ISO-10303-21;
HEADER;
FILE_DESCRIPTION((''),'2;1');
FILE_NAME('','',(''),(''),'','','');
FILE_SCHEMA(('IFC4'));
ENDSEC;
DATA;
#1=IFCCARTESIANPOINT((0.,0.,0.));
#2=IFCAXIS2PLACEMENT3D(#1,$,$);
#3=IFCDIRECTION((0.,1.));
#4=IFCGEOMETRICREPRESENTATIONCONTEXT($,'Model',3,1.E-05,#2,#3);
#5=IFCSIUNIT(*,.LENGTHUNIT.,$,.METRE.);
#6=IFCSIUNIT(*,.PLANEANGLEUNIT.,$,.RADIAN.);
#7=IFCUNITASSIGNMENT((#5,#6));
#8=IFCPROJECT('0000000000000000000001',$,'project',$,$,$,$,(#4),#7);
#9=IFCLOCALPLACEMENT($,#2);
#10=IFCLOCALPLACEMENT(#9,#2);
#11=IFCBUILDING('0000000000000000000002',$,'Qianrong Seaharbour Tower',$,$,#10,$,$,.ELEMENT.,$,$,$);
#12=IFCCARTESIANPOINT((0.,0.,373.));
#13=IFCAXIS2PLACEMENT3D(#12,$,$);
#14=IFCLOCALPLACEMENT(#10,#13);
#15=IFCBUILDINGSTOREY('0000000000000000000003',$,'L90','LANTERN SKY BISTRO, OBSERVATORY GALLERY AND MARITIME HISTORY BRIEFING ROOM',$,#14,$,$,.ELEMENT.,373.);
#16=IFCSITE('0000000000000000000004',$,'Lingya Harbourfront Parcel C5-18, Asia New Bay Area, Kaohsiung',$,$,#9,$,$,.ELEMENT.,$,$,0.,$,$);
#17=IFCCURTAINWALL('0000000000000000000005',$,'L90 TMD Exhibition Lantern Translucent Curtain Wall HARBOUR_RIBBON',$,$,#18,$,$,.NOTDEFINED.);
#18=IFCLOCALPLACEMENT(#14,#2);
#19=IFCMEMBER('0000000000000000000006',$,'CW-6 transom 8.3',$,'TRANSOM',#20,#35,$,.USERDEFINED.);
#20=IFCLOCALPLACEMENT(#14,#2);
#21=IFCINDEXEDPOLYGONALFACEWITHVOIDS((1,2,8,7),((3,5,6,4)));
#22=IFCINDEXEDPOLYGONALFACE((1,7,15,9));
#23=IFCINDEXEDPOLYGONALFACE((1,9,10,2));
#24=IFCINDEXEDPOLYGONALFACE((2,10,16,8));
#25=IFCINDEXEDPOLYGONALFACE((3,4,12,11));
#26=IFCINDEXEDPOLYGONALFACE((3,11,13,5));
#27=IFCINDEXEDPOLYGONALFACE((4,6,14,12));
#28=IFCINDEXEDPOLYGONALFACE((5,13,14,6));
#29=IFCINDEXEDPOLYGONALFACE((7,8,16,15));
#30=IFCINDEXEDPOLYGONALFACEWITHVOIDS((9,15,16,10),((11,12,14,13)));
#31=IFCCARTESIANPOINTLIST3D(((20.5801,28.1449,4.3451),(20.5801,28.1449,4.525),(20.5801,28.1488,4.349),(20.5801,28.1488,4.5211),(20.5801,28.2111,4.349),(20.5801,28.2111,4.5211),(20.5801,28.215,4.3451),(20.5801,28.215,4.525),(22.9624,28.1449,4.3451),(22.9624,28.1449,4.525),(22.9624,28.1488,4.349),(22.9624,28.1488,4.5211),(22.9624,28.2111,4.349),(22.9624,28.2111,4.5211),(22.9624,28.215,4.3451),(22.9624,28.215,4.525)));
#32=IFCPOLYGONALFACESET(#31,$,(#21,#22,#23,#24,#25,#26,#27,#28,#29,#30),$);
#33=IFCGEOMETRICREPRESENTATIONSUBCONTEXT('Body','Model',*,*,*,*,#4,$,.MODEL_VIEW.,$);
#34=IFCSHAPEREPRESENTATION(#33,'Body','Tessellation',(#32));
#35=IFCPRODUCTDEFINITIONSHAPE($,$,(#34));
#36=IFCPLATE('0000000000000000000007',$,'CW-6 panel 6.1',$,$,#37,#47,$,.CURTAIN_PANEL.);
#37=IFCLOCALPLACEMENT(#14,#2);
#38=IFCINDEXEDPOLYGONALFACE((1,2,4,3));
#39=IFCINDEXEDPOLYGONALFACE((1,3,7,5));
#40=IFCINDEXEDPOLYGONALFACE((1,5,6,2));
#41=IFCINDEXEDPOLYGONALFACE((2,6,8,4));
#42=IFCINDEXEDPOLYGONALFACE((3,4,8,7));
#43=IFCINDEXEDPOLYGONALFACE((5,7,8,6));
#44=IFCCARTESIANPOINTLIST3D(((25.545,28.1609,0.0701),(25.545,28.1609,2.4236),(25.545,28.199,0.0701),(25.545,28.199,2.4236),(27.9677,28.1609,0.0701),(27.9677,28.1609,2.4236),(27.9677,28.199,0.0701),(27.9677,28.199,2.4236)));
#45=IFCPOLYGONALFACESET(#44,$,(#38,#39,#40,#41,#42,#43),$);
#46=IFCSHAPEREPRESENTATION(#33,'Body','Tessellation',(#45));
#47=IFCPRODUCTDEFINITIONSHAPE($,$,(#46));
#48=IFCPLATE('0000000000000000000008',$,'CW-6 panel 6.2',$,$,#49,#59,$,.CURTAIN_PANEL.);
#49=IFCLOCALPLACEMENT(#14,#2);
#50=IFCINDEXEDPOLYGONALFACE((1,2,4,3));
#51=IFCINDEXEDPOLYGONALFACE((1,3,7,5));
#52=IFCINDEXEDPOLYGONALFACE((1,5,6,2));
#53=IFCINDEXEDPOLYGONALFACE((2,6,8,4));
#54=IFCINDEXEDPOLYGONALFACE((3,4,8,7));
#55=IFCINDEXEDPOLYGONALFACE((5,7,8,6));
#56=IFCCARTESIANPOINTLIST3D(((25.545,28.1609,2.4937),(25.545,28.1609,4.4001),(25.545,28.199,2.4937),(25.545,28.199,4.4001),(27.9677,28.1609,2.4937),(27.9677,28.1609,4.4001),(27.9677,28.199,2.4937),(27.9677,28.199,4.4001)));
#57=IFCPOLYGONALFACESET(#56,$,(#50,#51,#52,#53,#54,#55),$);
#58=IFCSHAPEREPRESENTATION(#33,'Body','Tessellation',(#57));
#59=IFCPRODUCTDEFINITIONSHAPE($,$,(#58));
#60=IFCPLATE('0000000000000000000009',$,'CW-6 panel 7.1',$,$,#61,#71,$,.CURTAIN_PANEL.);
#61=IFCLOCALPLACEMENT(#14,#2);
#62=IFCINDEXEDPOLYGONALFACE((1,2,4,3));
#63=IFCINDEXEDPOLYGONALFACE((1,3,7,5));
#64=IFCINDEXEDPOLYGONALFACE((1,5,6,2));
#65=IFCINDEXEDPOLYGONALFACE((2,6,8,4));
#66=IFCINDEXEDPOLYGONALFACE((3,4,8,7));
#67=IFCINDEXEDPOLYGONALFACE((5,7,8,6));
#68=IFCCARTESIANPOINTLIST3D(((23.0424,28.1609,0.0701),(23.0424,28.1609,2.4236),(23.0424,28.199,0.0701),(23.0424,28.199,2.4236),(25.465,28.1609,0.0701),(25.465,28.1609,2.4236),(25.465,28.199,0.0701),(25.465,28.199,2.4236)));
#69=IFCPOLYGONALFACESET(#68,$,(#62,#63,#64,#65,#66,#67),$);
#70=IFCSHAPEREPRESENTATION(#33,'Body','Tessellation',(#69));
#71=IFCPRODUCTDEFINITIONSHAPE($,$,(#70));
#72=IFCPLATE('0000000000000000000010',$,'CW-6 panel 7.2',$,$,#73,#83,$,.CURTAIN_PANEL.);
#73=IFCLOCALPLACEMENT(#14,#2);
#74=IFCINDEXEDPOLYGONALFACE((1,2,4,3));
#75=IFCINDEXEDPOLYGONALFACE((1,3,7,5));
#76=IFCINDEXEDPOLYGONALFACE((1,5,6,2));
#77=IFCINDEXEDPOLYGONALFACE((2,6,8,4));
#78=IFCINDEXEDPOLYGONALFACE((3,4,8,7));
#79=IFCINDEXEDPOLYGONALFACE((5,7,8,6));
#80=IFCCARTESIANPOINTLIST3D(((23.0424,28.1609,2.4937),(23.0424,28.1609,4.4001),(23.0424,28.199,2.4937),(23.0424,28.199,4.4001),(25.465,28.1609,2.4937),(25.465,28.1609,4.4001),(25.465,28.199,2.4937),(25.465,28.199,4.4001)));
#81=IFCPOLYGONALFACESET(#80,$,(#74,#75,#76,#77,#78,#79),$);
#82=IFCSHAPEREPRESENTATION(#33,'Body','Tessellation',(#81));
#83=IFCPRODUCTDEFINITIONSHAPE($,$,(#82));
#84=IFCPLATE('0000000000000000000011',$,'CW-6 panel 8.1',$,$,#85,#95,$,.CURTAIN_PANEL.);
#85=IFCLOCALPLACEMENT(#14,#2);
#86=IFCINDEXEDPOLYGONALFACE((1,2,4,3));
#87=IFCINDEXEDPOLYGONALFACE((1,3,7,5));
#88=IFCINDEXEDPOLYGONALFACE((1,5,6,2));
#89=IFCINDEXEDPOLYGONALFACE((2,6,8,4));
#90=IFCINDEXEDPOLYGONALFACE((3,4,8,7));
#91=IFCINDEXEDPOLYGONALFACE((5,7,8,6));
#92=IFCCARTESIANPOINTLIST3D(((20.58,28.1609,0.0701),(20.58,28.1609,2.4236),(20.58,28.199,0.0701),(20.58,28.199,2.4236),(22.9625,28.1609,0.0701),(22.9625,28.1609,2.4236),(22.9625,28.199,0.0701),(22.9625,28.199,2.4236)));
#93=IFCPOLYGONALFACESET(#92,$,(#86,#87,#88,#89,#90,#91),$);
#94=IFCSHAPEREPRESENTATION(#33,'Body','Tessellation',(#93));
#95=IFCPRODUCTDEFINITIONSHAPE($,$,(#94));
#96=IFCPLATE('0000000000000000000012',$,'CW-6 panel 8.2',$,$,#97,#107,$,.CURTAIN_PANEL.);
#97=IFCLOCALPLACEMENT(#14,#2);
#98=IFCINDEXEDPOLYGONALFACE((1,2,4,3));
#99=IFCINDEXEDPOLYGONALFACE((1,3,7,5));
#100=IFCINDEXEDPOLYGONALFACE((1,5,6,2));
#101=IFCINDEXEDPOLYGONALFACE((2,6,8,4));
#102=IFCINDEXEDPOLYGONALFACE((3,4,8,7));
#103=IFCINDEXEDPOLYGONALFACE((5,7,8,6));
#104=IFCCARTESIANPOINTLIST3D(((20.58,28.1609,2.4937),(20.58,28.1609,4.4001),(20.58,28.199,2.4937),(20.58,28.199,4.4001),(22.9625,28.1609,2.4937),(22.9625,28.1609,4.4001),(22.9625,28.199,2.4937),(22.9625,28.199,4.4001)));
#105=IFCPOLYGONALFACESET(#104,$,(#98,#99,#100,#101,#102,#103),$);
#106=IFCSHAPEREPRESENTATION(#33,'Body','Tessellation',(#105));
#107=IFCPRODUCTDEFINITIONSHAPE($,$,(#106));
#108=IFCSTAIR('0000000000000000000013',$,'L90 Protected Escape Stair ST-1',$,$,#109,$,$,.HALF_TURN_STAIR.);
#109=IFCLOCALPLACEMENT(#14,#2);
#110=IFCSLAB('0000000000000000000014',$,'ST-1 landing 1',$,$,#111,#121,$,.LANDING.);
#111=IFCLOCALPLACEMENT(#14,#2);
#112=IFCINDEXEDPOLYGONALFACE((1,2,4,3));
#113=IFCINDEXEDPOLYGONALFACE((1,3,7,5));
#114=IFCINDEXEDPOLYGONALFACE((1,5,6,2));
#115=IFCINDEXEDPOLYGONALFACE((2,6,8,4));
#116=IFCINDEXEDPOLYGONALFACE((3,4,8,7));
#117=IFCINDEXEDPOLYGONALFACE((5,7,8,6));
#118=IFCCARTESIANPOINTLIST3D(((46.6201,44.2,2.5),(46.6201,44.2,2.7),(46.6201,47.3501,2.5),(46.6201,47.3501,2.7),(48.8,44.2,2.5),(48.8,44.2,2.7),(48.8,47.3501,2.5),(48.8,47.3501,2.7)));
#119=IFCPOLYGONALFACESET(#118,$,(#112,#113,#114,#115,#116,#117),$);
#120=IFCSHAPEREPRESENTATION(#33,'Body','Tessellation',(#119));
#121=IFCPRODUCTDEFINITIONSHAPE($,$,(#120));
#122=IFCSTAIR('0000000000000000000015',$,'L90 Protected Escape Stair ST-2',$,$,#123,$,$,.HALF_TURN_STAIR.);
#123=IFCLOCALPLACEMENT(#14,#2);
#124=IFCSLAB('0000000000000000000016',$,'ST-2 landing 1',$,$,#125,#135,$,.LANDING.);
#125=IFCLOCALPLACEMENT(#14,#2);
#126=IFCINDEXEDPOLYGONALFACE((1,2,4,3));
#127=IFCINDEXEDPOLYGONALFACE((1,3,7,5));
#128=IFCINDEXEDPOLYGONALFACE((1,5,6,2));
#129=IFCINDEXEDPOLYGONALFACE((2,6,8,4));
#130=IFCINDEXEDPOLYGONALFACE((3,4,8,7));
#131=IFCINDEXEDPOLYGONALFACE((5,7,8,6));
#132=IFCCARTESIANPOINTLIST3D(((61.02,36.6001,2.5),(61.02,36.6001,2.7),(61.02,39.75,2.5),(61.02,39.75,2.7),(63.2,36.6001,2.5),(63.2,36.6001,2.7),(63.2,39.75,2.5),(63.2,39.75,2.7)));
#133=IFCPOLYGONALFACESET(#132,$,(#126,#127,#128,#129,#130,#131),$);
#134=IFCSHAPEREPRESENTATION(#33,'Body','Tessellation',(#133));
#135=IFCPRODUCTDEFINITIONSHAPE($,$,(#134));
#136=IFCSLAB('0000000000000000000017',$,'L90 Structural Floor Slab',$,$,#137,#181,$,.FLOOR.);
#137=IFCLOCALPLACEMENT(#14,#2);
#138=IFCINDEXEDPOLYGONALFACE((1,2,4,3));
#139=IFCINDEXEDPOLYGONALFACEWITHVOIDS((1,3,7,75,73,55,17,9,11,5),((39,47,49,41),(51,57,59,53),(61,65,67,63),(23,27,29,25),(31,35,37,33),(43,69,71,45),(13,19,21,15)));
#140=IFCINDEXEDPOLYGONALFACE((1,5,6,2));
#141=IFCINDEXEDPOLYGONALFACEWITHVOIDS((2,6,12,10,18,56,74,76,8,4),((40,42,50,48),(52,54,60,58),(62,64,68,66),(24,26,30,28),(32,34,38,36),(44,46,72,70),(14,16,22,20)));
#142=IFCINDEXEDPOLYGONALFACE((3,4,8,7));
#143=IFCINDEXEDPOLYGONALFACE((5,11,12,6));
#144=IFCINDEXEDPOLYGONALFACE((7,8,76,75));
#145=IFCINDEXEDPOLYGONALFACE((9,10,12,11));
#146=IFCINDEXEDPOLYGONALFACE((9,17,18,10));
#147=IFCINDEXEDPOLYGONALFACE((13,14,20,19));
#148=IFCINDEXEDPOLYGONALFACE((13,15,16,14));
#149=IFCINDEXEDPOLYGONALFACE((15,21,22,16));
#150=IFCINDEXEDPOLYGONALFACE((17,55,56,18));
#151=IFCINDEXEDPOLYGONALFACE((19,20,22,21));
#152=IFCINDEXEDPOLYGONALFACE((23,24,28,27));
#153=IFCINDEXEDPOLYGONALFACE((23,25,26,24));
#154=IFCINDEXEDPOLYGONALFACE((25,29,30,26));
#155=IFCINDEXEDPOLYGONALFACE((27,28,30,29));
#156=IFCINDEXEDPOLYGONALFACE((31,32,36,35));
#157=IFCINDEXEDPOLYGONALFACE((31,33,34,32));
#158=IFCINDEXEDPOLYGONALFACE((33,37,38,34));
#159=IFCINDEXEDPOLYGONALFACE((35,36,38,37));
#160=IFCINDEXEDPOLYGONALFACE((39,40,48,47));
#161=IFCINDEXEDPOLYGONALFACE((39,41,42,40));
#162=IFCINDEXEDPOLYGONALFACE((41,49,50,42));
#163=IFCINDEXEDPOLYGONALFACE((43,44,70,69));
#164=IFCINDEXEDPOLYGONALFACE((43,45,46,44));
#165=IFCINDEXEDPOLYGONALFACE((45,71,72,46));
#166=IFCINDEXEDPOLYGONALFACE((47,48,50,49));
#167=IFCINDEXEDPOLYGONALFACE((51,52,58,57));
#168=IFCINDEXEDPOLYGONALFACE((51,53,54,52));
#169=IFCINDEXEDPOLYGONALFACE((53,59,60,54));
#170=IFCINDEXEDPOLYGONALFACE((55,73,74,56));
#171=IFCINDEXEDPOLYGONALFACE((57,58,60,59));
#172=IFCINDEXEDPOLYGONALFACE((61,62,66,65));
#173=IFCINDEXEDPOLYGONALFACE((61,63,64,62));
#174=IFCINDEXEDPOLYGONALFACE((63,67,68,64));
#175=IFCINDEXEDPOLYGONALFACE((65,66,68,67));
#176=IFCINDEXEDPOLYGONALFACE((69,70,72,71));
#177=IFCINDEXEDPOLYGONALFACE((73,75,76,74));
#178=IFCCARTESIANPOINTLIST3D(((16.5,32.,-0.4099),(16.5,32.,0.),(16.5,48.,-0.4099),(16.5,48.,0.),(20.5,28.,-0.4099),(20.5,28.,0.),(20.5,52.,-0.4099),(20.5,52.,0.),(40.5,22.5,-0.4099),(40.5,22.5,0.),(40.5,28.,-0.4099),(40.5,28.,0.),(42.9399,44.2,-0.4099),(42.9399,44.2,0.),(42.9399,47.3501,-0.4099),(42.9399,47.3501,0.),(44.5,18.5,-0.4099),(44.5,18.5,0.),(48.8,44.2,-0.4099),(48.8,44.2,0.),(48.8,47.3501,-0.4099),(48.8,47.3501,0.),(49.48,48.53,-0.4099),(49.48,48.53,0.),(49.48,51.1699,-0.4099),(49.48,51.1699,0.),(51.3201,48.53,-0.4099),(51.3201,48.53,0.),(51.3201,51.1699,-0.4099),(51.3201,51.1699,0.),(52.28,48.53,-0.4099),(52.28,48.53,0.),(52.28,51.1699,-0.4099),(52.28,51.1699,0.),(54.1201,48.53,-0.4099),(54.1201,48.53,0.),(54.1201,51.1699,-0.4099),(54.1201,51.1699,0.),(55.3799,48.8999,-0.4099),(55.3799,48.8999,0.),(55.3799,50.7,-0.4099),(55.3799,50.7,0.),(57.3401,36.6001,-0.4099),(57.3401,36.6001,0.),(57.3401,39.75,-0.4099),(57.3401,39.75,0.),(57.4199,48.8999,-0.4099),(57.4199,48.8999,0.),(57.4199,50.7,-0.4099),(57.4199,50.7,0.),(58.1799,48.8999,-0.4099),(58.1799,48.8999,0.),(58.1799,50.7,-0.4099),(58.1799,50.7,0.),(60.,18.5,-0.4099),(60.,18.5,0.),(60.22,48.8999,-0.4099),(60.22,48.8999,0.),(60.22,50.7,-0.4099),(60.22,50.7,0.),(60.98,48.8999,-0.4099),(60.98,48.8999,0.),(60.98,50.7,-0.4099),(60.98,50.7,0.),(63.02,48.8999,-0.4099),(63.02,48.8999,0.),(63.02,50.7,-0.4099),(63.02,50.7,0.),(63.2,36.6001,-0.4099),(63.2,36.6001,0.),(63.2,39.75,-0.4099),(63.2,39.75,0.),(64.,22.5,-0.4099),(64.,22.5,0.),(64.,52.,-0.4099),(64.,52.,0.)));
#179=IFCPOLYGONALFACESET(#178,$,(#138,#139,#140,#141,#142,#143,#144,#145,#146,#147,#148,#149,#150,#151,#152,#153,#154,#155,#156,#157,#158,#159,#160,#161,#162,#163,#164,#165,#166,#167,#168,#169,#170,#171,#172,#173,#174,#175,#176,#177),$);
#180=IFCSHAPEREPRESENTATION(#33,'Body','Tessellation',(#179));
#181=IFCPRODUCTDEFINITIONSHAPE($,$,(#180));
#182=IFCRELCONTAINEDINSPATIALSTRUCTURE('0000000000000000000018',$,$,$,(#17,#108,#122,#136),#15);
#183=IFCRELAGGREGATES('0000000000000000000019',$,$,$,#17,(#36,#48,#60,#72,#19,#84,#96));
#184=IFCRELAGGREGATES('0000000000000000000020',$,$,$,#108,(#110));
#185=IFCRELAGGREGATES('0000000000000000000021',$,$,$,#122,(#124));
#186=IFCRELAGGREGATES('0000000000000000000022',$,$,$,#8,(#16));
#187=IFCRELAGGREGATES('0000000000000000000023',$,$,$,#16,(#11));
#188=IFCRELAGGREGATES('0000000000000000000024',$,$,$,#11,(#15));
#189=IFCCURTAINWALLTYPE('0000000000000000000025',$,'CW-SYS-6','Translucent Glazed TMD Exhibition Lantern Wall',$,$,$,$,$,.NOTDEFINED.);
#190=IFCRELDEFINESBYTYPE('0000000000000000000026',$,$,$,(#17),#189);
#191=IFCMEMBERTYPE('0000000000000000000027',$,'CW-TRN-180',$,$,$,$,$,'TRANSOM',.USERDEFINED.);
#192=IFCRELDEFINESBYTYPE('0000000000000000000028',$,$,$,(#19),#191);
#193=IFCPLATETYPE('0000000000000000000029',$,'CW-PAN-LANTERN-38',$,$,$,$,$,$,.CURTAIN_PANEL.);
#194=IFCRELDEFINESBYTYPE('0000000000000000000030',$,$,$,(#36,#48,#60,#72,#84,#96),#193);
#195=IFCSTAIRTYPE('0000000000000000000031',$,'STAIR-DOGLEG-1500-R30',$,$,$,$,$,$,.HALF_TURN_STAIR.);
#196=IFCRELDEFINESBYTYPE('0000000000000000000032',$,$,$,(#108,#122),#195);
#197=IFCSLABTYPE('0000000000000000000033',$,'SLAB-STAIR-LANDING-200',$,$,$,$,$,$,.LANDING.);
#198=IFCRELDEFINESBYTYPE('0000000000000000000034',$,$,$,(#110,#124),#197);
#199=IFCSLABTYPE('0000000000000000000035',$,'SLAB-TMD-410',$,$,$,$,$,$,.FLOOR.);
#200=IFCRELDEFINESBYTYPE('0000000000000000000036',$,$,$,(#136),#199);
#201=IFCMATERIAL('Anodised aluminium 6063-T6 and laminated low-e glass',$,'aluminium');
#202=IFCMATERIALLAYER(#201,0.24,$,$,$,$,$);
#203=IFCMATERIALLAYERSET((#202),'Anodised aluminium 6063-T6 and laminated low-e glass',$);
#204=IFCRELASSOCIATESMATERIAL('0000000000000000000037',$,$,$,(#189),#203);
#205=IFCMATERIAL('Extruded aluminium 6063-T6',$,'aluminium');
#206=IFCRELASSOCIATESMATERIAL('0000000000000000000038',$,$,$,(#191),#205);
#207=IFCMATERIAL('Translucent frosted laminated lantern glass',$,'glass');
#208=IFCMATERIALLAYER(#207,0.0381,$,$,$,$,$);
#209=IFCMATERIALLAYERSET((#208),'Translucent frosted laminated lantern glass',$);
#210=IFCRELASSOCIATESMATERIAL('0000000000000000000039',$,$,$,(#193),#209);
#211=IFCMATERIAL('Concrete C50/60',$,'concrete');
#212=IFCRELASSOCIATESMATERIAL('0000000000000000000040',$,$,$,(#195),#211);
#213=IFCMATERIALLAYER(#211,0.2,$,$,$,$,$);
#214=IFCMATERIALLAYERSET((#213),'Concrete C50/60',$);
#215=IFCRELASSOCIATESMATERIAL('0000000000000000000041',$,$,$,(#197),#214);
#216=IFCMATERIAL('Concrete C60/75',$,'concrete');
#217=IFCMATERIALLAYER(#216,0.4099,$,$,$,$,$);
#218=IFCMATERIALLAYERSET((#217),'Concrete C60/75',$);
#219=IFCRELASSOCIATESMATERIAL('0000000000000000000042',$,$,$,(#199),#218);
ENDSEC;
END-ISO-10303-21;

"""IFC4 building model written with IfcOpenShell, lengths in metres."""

from ifc_helpers import new_model, si_unit, direction, frame, origin, origin_2d, place, context, subcontext, project, spatial, polyline, rectangle, hollow_rectangle, outline, extrude, material, layer, layer_set, material_profile, profile_set, type_object, element, aggregate, save


model = new_model("IFC4")

# Units and contexts
model_context = context("Model", 3, precision=1e-05, world=origin(), true_north=direction((0.0, 1.0)))
body_context = subcontext(model_context, "Body", "Model", "MODEL_VIEW")
ifc_project = project(units=[si_unit("LENGTHUNIT", "METRE"), si_unit("PLANEANGLEUNIT", "RADIAN")], contexts=[model_context])

# Site, building, storey
site_placement = place(None, origin())
site = spatial("IfcSite", under=ifc_project, at=site_placement, Name="Lingya Harbourfront Parcel C5-18, Asia New Bay Area, Kaohsiung", CompositionType="ELEMENT", RefElevation=0.0)
building_placement = place(site_placement, origin())
building = spatial("IfcBuilding", under=site, at=building_placement, Name="Qianrong Seaharbour Tower", CompositionType="ELEMENT")
storey_placement = place(building_placement, frame((0.0, 0.0, 373.0)))
storey = spatial("IfcBuildingStorey", under=building, at=storey_placement, Name="L90", Description="LANTERN SKY BISTRO, OBSERVATORY GALLERY AND MARITIME HISTORY BRIEFING ROOM", CompositionType="ELEMENT", Elevation=373.0)

# Curtain wall
ifc_material_1 = material(Name="Anodised aluminium 6063-T6 and laminated low-e glass", Category="aluminium")
ifc_layer_1 = layer(ifc_material_1, 0.24)
ifc_layer_set_1 = layer_set([ifc_layer_1], Name="Anodised aluminium 6063-T6 and laminated low-e glass")
curtain_wall_type = type_object("IfcCurtainWallType", Name="CW-SYS-6", Description="Translucent Glazed TMD Exhibition Lantern Wall", PredefinedType="NOTDEFINED", material=ifc_layer_set_1)
curtain_wall_1_placement = place(storey_placement, origin())
curtain_wall_1 = element("IfcCurtainWall", 1, at=curtain_wall_1_placement, inside=storey, type_object=curtain_wall_type, Name="L90 TMD Exhibition Lantern Translucent Curtain Wall HARBOUR_RIBBON", PredefinedType="NOTDEFINED")
ifc_material_2 = material(Name="Extruded aluminium 6063-T6", Category="aluminium")

# Member
ifc_material_profile_1 = material_profile(ifc_material_2, hollow_rectangle(XDim=0.0701, YDim=0.1799, WallThickness=0.0039, at=origin_2d()), Name="ALU-TRN-180x70x4")
ifc_profile_set_1 = profile_set([ifc_material_profile_1], Name="Extruded aluminium 6063-T6")
member_type_1 = type_object("IfcMemberType", Name="CW-TRN-180", ElementType="TRANSOM", PredefinedType="USERDEFINED", material=ifc_profile_set_1)
member_1_placement = place(storey_placement, frame((22.9624, 28.1799, 4.4351), z_axis=(-1.0, 0.0, 0.0), x_axis=(0.0, -1.0, 0.0)))
member_1 = element("IfcMember", 2, at=member_1_placement, type_object=member_type_1, Name="CW-6 transom 8.3", ObjectType="TRANSOM", PredefinedType="USERDEFINED", context=body_context, shape_type="SweptSolid", body=[
    extrude(hollow_rectangle(XDim=0.0701, YDim=0.1799, WallThickness=0.0039, at=origin_2d()), origin(), (0.0, 0.0, 1.0), 2.3823),
])

# Plates
ifc_material_3 = material(Name="Translucent frosted laminated lantern glass", Category="glass")
ifc_layer_2 = layer(ifc_material_3, 0.0381)
ifc_layer_set_2 = layer_set([ifc_layer_2], Name="Translucent frosted laminated lantern glass")
plate_type = type_object("IfcPlateType", Name="CW-PAN-LANTERN-38", PredefinedType="CURTAIN_PANEL", material=ifc_layer_set_2)
plate_1_placement = place(storey_placement, frame((26.7563, 28.1799, 0.0701), z_axis=(0.0, 0.0, 1.0), x_axis=(-1.0, 0.0, 0.0)))
plate_1 = element("IfcPlate", 3, at=plate_1_placement, type_object=plate_type, Name="CW-6 panel 6.1", PredefinedType="CURTAIN_PANEL", context=body_context, shape_type="SweptSolid", body=[
    extrude(rectangle(XDim=2.4226, YDim=0.0381, at=origin_2d()), origin(), (0.0, 0.0, 1.0), 2.3535),
])
plate_2_placement = place(storey_placement, frame((26.7563, 28.1799, 2.4937), z_axis=(0.0, 0.0, 1.0), x_axis=(-1.0, 0.0, 0.0)))
plate_2 = element("IfcPlate", 4, at=plate_2_placement, type_object=plate_type, Name="CW-6 panel 6.2", PredefinedType="CURTAIN_PANEL", context=body_context, shape_type="SweptSolid", body=[
    extrude(rectangle(XDim=2.4226, YDim=0.0381, at=origin_2d()), origin(), (0.0, 0.0, 1.0), 1.9065),
])
plate_3_placement = place(storey_placement, frame((24.2537, 28.1799, 0.0701), z_axis=(0.0, 0.0, 1.0), x_axis=(-1.0, 0.0, 0.0)))
plate_3 = element("IfcPlate", 5, at=plate_3_placement, type_object=plate_type, Name="CW-6 panel 7.1", PredefinedType="CURTAIN_PANEL", context=body_context, shape_type="SweptSolid", body=[
    extrude(rectangle(XDim=2.4226, YDim=0.0381, at=origin_2d()), origin(), (0.0, 0.0, 1.0), 2.3535),
])
plate_4_placement = place(storey_placement, frame((24.2537, 28.1799, 2.4937), z_axis=(0.0, 0.0, 1.0), x_axis=(-1.0, 0.0, 0.0)))
plate_4 = element("IfcPlate", 6, at=plate_4_placement, type_object=plate_type, Name="CW-6 panel 7.2", PredefinedType="CURTAIN_PANEL", context=body_context, shape_type="SweptSolid", body=[
    extrude(rectangle(XDim=2.4226, YDim=0.0381, at=origin_2d()), origin(), (0.0, 0.0, 1.0), 1.9065),
])
plate_5_placement = place(storey_placement, frame((21.7712, 28.1799, 0.0701), z_axis=(0.0, 0.0, 1.0), x_axis=(-1.0, 0.0, 0.0)))
plate_5 = element("IfcPlate", 7, at=plate_5_placement, type_object=plate_type, Name="CW-6 panel 8.1", PredefinedType="CURTAIN_PANEL", context=body_context, shape_type="SweptSolid", body=[
    extrude(rectangle(XDim=2.3826, YDim=0.0381, at=origin_2d()), origin(), (0.0, 0.0, 1.0), 2.3535),
])
plate_6_placement = place(storey_placement, frame((21.7712, 28.1799, 2.4937), z_axis=(0.0, 0.0, 1.0), x_axis=(-1.0, 0.0, 0.0)))
plate_6 = element("IfcPlate", 8, at=plate_6_placement, type_object=plate_type, Name="CW-6 panel 8.2", PredefinedType="CURTAIN_PANEL", context=body_context, shape_type="SweptSolid", body=[
    extrude(rectangle(XDim=2.3826, YDim=0.0381, at=origin_2d()), origin(), (0.0, 0.0, 1.0), 1.9065),
])
aggregate(curtain_wall_1, [plate_1, plate_2, plate_3, plate_4, member_1, plate_5, plate_6])

# Stairs, slabs
ifc_material_4 = material(Name="Concrete C50/60", Category="concrete")
stair_type = type_object("IfcStairType", Name="STAIR-DOGLEG-1500-R30", PredefinedType="HALF_TURN_STAIR", material=ifc_material_4)
stair_1_placement = place(storey_placement, origin())
stair_1 = element("IfcStair", 9, at=stair_1_placement, inside=storey, type_object=stair_type, Name="L90 Protected Escape Stair ST-1", PredefinedType="HALF_TURN_STAIR")
ifc_layer_3 = layer(ifc_material_4, 0.2)
ifc_layer_set_3 = layer_set([ifc_layer_3], Name="Concrete C50/60")
slab_type_1 = type_object("IfcSlabType", Name="SLAB-STAIR-LANDING-200", PredefinedType="LANDING", material=ifc_layer_set_3)
slab_1_placement = place(storey_placement, frame((0.0, 0.0, 2.5)))
slab_1 = element("IfcSlab", 10, at=slab_1_placement, type_object=slab_type_1, Name="ST-1 landing 1", PredefinedType="LANDING", context=body_context, shape_type="SweptSolid", body=[
    extrude(outline(polyline([(46.6201, 44.2), (48.8, 44.2), (48.8, 47.3501), (46.6201, 47.3501), (46.6201, 44.2)])), origin(), (0.0, 0.0, 1.0), 0.2),
])
aggregate(stair_1, [slab_1])
stair_2_placement = place(storey_placement, origin())
stair_2 = element("IfcStair", 11, at=stair_2_placement, inside=storey, type_object=stair_type, Name="L90 Protected Escape Stair ST-2", PredefinedType="HALF_TURN_STAIR")
slab_2_placement = place(storey_placement, frame((0.0, 0.0, 2.5)))
slab_2 = element("IfcSlab", 12, at=slab_2_placement, type_object=slab_type_1, Name="ST-2 landing 1", PredefinedType="LANDING", context=body_context, shape_type="SweptSolid", body=[
    extrude(outline(polyline([(61.02, 36.6001), (63.2, 36.6001), (63.2, 39.75), (61.02, 39.75), (61.02, 36.6001)])), origin(), (0.0, 0.0, 1.0), 0.2),
])
aggregate(stair_2, [slab_2])

# Slab
ifc_material_5 = material(Name="Concrete C60/75", Category="concrete")
ifc_layer_4 = layer(ifc_material_5, 0.4099)
ifc_layer_set_4 = layer_set([ifc_layer_4], Name="Concrete C60/75")
slab_type_2 = type_object("IfcSlabType", Name="SLAB-TMD-410", PredefinedType="FLOOR", material=ifc_layer_set_4)
slab_3_placement = place(storey_placement, frame((0.0, 0.0, -0.4099)))
element("IfcSlab", 13, at=slab_3_placement, inside=storey, type_object=slab_type_2, Name="L90 Structural Floor Slab", PredefinedType="FLOOR", context=body_context, shape_type="SweptSolid", body=[
    extrude(outline(polyline([(44.5, 18.5), (60.0, 18.5), (64.0, 22.5), (64.0, 52.0), (20.5, 52.0), (16.5, 48.0), (16.5, 32.0), (20.5, 28.0), (40.5, 28.0), (40.5, 22.5), (44.5, 18.5)]), holes=[polyline([(42.9399, 44.2), (42.9399, 47.3501), (48.8, 47.3501), (48.8, 44.2), (42.9399, 44.2)]), polyline([(57.3401, 36.6001), (57.3401, 39.75), (63.2, 39.75), (63.2, 36.6001), (57.3401, 36.6001)]), polyline([(49.48, 48.53), (49.48, 51.1699), (51.3201, 51.1699), (51.3201, 48.53), (49.48, 48.53)]), polyline([(52.28, 48.53), (52.28, 51.1699), (54.1201, 51.1699), (54.1201, 48.53), (52.28, 48.53)]), polyline([(55.3799, 48.8999), (55.3799, 50.7), (57.4199, 50.7), (57.4199, 48.8999), (55.3799, 48.8999)]), polyline([(58.1799, 48.8999), (58.1799, 50.7), (60.22, 50.7), (60.22, 48.8999), (58.1799, 48.8999)]), polyline([(60.98, 48.8999), (60.98, 50.7), (63.02, 50.7), (63.02, 48.8999), (60.98, 48.8999)])]), origin(), (0.0, 0.0, 1.0), 0.4099),
])

save(model, "model.ifc")
